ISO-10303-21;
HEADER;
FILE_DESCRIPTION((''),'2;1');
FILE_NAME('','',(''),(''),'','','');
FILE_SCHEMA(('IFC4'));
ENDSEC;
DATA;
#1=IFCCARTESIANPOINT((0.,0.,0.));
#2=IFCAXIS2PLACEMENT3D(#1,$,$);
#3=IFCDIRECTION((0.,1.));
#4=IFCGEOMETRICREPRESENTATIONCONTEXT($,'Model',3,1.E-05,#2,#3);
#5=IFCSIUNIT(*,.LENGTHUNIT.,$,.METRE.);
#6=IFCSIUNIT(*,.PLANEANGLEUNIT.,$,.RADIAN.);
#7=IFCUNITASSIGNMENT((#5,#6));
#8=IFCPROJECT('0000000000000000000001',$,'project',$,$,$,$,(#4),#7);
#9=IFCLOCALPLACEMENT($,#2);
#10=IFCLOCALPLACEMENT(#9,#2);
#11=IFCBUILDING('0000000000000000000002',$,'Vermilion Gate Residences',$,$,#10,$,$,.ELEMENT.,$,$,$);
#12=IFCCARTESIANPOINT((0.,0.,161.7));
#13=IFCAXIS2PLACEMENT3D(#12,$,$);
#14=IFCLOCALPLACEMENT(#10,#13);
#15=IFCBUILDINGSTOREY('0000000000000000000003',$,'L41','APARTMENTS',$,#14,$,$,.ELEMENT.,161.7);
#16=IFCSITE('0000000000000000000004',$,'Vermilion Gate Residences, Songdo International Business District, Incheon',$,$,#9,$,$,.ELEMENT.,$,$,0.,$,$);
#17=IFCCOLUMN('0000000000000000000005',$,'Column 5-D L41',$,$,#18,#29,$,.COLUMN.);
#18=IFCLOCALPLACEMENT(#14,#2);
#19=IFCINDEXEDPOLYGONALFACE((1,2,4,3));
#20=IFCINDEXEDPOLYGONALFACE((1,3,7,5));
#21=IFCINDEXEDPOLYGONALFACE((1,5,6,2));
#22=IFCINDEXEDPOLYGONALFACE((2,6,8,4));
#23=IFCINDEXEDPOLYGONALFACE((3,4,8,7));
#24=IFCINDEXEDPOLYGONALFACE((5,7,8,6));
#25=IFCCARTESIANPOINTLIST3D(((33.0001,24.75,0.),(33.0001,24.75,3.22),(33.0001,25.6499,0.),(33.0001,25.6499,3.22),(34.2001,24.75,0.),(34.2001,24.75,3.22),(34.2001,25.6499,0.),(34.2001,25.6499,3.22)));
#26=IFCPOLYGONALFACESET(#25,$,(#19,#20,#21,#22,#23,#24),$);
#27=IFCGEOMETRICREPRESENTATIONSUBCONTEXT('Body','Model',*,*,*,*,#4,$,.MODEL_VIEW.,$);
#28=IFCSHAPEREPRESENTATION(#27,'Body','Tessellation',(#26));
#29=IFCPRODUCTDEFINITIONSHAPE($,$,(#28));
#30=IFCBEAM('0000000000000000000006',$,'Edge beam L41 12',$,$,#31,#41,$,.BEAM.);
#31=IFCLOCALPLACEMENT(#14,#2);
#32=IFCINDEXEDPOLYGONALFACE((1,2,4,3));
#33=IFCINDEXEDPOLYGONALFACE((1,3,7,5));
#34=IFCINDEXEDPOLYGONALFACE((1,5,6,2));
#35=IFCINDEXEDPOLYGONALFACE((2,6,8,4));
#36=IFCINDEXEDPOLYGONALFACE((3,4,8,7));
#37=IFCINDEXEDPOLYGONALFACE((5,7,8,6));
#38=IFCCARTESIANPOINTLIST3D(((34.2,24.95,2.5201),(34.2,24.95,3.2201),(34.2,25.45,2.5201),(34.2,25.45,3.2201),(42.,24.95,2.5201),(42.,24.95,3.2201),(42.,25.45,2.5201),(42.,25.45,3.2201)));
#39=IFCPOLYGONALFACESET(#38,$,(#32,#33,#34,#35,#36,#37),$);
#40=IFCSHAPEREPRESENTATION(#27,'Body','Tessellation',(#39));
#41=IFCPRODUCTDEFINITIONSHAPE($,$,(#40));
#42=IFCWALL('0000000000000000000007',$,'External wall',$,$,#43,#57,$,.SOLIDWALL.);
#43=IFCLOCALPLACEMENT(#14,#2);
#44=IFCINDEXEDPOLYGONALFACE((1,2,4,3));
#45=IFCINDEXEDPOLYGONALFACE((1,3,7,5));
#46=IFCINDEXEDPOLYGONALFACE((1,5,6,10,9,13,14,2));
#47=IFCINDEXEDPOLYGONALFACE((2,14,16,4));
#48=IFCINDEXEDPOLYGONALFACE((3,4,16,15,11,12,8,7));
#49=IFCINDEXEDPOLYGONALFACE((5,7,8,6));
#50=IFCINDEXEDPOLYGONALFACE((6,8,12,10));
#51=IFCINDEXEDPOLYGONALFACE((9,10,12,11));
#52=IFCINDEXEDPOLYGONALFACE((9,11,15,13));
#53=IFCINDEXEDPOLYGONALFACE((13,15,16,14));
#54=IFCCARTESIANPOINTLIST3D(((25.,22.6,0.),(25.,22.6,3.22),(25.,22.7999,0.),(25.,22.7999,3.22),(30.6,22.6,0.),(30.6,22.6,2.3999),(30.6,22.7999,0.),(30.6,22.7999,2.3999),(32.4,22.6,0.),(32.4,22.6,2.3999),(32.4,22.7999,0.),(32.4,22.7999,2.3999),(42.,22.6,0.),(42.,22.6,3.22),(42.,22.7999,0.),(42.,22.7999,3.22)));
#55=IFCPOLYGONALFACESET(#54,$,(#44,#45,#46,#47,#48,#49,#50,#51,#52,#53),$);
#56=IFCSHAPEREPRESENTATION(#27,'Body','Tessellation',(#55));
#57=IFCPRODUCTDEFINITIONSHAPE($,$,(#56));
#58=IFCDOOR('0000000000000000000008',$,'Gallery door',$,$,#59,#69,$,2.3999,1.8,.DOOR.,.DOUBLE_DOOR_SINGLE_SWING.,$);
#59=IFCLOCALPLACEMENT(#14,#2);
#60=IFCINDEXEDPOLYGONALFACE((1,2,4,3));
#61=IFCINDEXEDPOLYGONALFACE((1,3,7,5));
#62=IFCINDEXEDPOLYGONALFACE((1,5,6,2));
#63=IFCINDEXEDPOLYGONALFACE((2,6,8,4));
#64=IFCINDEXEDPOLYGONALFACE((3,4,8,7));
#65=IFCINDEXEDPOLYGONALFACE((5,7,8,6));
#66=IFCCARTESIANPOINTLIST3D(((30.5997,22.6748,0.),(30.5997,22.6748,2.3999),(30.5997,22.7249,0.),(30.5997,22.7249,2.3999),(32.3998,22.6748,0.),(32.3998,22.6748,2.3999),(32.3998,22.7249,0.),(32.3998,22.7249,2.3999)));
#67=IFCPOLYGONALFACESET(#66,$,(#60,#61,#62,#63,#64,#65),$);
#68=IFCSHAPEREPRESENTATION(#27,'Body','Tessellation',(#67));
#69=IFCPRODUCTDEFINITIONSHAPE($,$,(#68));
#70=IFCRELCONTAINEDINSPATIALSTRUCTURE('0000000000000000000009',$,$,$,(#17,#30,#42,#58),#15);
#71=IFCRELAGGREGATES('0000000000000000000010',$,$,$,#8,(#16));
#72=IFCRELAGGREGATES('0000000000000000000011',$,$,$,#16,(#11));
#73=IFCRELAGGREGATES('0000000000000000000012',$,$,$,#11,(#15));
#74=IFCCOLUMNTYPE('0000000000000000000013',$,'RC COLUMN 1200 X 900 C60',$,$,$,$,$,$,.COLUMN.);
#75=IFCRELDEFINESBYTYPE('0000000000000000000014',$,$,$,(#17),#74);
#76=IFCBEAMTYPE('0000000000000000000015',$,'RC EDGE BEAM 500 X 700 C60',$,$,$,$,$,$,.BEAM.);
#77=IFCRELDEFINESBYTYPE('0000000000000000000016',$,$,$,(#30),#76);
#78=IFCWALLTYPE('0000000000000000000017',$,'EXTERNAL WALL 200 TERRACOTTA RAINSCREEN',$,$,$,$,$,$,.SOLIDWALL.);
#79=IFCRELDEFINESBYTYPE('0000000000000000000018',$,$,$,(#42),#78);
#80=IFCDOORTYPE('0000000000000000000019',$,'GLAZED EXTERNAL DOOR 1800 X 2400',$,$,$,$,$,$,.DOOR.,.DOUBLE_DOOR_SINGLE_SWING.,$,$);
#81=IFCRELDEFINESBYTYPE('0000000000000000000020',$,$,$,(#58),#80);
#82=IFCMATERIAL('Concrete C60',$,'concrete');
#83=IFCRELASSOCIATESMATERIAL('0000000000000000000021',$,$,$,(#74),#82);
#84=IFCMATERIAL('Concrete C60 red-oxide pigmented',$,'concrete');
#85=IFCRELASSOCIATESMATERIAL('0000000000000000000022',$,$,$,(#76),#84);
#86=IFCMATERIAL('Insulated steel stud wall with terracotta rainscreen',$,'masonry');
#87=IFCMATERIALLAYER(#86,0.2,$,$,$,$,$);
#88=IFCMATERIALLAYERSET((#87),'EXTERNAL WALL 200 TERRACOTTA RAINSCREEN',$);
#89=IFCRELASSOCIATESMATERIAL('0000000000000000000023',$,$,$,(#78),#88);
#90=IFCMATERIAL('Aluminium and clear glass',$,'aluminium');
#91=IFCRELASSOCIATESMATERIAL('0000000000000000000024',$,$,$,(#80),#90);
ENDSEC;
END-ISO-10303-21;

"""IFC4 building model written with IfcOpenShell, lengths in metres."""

from ifc_helpers import new_model, si_unit, direction, frame, frame_2d, origin, origin_2d, place, context, subcontext, project, spatial, rectangle, extrude, material, layer, layer_set, material_profile, profile_set, type_object, element, fill, save


model = new_model("IFC4")

# Units and contexts
model_context = context("Model", 3, precision=1e-05, world=origin(), true_north=direction((0.0, 1.0)))
body_context = subcontext(model_context, "Body", "Model", "MODEL_VIEW")
ifc_project = project(units=[si_unit("LENGTHUNIT", "METRE"), si_unit("PLANEANGLEUNIT", "RADIAN")], contexts=[model_context])

# Site, building, storey
site_placement = place(None, origin())
site = spatial("IfcSite", under=ifc_project, at=site_placement, Name="Vermilion Gate Residences, Songdo International Business District, Incheon", CompositionType="ELEMENT", RefElevation=0.0)
building_placement = place(site_placement, origin())
building = spatial("IfcBuilding", under=site, at=building_placement, Name="Vermilion Gate Residences", CompositionType="ELEMENT")
storey_placement = place(building_placement, frame((0.0, 0.0, 161.7)))
storey = spatial("IfcBuildingStorey", under=building, at=storey_placement, Name="L41", Description="APARTMENTS", CompositionType="ELEMENT", Elevation=161.7)

# Column
ifc_material_1 = material(Name="Concrete C60", Category="concrete")
ifc_material_profile_1 = material_profile(ifc_material_1, rectangle(XDim=1.2, YDim=0.8999, at=origin_2d()), Name="RC-1200x900")
ifc_profile_set_1 = profile_set([ifc_material_profile_1], Name="Concrete C60")
column_type = type_object("IfcColumnType", Name="RC COLUMN 1200 X 900 C60", PredefinedType="COLUMN", material=ifc_profile_set_1)
column_placement = place(storey_placement, frame((33.6001, 25.2, 0.0), z_axis=(0.0, 0.0, 1.0), x_axis=(1.0, 0.0, 0.0)))
element("IfcColumn", 1, at=column_placement, inside=storey, type_object=column_type, Name="Column 5-D L41", PredefinedType="COLUMN", context=body_context, shape_type="SweptSolid", body=[
    extrude(rectangle(XDim=1.2, YDim=0.8999, at=origin_2d()), origin(), (0.0, 0.0, 1.0), 3.22),
])

# Beam
ifc_material_2 = material(Name="Concrete C60 red-oxide pigmented", Category="concrete")
ifc_material_profile_2 = material_profile(ifc_material_2, rectangle(XDim=0.5, YDim=0.7, at=origin_2d()), Name="RC-500x700")
ifc_profile_set_2 = profile_set([ifc_material_profile_2], Name="Concrete C60 red-oxide pigmented")
beam_type = type_object("IfcBeamType", Name="RC EDGE BEAM 500 X 700 C60", PredefinedType="BEAM", material=ifc_profile_set_2)
beam_placement = place(storey_placement, frame((34.2, 25.2, 2.8701), z_axis=(1.0, 0.0, 0.0), x_axis=(0.0, 1.0, 0.0)))
element("IfcBeam", 2, at=beam_placement, inside=storey, type_object=beam_type, Name="Edge beam L41 12", PredefinedType="BEAM", context=body_context, shape_type="SweptSolid", body=[
    extrude(rectangle(XDim=0.5, YDim=0.7, at=origin_2d()), origin(), (0.0, 0.0, 1.0), 7.8),
])

# Wall, opening, door
ifc_material_3 = material(Name="Insulated steel stud wall with terracotta rainscreen", Category="masonry")
ifc_layer_1 = layer(ifc_material_3, 0.2)
ifc_layer_set_1 = layer_set([ifc_layer_1], Name="EXTERNAL WALL 200 TERRACOTTA RAINSCREEN")
wall_type_1 = type_object("IfcWallType", Name="EXTERNAL WALL 200 TERRACOTTA RAINSCREEN", PredefinedType="SOLIDWALL", material=ifc_layer_set_1)
wall_1_placement = place(storey_placement, frame((42.0, 22.7, 0.0), z_axis=(0.0, 0.0, 1.0), x_axis=(-1.0, 0.0, 0.0)))
wall_1 = element("IfcWall", 3, at=wall_1_placement, inside=storey, type_object=wall_type_1, Name="External wall", PredefinedType="SOLIDWALL", context=body_context, shape_type="SweptSolid", body=[
    extrude(rectangle(XDim=17.0, YDim=0.2, at=frame_2d((8.5, 0.0))), origin(), (0.0, 0.0, 1.0), 3.22),
])
opening_1_placement = place(wall_1_placement, frame((9.6001, 0.0, 0.0)))
opening_1 = element("IfcOpeningElement", 4, at=opening_1_placement, cuts=wall_1, PredefinedType="OPENING", context=body_context, shape_type="SweptSolid", body=[
    extrude(rectangle(XDim=1.8, YDim=2.3999, at=frame_2d((0.8999, 1.2))), frame((0.0, 0.1099, 0.0), z_axis=(0.0, -1.0, 0.0), x_axis=(1.0, 0.0, 0.0)), (0.0, 0.0, 1.0), 0.22),
])
ifc_material_4 = material(Name="Aluminium and clear glass", Category="aluminium")
door_type = type_object("IfcDoorType", Name="GLAZED EXTERNAL DOOR 1800 X 2400", OperationType="DOUBLE_DOOR_SINGLE_SWING", PredefinedType="DOOR", material=ifc_material_4)
door_placement = place(opening_1_placement, frame((1.8, 0.0, 0.0), z_axis=(0.0, 0.0, 1.0), x_axis=(-1.0, 0.0, 0.0)))
door = element("IfcDoor", 5, at=door_placement, inside=storey, type_object=door_type, Name="Gallery door", OperationType="DOUBLE_DOOR_SINGLE_SWING", OverallHeight=2.3999, OverallWidth=1.8, PredefinedType="DOOR", context=body_context, shape_type="SweptSolid", body=[
    extrude(rectangle(XDim=1.8, YDim=2.3999, at=frame_2d((0.8999, 1.2))), frame((0.0, 0.0249, 0.0), z_axis=(0.0, -1.0, 0.0), x_axis=(1.0, 0.0, 0.0)), (0.0, 0.0, 1.0), 0.05),
])
fill(opening_1, door)

save(model, "model.ifc")
